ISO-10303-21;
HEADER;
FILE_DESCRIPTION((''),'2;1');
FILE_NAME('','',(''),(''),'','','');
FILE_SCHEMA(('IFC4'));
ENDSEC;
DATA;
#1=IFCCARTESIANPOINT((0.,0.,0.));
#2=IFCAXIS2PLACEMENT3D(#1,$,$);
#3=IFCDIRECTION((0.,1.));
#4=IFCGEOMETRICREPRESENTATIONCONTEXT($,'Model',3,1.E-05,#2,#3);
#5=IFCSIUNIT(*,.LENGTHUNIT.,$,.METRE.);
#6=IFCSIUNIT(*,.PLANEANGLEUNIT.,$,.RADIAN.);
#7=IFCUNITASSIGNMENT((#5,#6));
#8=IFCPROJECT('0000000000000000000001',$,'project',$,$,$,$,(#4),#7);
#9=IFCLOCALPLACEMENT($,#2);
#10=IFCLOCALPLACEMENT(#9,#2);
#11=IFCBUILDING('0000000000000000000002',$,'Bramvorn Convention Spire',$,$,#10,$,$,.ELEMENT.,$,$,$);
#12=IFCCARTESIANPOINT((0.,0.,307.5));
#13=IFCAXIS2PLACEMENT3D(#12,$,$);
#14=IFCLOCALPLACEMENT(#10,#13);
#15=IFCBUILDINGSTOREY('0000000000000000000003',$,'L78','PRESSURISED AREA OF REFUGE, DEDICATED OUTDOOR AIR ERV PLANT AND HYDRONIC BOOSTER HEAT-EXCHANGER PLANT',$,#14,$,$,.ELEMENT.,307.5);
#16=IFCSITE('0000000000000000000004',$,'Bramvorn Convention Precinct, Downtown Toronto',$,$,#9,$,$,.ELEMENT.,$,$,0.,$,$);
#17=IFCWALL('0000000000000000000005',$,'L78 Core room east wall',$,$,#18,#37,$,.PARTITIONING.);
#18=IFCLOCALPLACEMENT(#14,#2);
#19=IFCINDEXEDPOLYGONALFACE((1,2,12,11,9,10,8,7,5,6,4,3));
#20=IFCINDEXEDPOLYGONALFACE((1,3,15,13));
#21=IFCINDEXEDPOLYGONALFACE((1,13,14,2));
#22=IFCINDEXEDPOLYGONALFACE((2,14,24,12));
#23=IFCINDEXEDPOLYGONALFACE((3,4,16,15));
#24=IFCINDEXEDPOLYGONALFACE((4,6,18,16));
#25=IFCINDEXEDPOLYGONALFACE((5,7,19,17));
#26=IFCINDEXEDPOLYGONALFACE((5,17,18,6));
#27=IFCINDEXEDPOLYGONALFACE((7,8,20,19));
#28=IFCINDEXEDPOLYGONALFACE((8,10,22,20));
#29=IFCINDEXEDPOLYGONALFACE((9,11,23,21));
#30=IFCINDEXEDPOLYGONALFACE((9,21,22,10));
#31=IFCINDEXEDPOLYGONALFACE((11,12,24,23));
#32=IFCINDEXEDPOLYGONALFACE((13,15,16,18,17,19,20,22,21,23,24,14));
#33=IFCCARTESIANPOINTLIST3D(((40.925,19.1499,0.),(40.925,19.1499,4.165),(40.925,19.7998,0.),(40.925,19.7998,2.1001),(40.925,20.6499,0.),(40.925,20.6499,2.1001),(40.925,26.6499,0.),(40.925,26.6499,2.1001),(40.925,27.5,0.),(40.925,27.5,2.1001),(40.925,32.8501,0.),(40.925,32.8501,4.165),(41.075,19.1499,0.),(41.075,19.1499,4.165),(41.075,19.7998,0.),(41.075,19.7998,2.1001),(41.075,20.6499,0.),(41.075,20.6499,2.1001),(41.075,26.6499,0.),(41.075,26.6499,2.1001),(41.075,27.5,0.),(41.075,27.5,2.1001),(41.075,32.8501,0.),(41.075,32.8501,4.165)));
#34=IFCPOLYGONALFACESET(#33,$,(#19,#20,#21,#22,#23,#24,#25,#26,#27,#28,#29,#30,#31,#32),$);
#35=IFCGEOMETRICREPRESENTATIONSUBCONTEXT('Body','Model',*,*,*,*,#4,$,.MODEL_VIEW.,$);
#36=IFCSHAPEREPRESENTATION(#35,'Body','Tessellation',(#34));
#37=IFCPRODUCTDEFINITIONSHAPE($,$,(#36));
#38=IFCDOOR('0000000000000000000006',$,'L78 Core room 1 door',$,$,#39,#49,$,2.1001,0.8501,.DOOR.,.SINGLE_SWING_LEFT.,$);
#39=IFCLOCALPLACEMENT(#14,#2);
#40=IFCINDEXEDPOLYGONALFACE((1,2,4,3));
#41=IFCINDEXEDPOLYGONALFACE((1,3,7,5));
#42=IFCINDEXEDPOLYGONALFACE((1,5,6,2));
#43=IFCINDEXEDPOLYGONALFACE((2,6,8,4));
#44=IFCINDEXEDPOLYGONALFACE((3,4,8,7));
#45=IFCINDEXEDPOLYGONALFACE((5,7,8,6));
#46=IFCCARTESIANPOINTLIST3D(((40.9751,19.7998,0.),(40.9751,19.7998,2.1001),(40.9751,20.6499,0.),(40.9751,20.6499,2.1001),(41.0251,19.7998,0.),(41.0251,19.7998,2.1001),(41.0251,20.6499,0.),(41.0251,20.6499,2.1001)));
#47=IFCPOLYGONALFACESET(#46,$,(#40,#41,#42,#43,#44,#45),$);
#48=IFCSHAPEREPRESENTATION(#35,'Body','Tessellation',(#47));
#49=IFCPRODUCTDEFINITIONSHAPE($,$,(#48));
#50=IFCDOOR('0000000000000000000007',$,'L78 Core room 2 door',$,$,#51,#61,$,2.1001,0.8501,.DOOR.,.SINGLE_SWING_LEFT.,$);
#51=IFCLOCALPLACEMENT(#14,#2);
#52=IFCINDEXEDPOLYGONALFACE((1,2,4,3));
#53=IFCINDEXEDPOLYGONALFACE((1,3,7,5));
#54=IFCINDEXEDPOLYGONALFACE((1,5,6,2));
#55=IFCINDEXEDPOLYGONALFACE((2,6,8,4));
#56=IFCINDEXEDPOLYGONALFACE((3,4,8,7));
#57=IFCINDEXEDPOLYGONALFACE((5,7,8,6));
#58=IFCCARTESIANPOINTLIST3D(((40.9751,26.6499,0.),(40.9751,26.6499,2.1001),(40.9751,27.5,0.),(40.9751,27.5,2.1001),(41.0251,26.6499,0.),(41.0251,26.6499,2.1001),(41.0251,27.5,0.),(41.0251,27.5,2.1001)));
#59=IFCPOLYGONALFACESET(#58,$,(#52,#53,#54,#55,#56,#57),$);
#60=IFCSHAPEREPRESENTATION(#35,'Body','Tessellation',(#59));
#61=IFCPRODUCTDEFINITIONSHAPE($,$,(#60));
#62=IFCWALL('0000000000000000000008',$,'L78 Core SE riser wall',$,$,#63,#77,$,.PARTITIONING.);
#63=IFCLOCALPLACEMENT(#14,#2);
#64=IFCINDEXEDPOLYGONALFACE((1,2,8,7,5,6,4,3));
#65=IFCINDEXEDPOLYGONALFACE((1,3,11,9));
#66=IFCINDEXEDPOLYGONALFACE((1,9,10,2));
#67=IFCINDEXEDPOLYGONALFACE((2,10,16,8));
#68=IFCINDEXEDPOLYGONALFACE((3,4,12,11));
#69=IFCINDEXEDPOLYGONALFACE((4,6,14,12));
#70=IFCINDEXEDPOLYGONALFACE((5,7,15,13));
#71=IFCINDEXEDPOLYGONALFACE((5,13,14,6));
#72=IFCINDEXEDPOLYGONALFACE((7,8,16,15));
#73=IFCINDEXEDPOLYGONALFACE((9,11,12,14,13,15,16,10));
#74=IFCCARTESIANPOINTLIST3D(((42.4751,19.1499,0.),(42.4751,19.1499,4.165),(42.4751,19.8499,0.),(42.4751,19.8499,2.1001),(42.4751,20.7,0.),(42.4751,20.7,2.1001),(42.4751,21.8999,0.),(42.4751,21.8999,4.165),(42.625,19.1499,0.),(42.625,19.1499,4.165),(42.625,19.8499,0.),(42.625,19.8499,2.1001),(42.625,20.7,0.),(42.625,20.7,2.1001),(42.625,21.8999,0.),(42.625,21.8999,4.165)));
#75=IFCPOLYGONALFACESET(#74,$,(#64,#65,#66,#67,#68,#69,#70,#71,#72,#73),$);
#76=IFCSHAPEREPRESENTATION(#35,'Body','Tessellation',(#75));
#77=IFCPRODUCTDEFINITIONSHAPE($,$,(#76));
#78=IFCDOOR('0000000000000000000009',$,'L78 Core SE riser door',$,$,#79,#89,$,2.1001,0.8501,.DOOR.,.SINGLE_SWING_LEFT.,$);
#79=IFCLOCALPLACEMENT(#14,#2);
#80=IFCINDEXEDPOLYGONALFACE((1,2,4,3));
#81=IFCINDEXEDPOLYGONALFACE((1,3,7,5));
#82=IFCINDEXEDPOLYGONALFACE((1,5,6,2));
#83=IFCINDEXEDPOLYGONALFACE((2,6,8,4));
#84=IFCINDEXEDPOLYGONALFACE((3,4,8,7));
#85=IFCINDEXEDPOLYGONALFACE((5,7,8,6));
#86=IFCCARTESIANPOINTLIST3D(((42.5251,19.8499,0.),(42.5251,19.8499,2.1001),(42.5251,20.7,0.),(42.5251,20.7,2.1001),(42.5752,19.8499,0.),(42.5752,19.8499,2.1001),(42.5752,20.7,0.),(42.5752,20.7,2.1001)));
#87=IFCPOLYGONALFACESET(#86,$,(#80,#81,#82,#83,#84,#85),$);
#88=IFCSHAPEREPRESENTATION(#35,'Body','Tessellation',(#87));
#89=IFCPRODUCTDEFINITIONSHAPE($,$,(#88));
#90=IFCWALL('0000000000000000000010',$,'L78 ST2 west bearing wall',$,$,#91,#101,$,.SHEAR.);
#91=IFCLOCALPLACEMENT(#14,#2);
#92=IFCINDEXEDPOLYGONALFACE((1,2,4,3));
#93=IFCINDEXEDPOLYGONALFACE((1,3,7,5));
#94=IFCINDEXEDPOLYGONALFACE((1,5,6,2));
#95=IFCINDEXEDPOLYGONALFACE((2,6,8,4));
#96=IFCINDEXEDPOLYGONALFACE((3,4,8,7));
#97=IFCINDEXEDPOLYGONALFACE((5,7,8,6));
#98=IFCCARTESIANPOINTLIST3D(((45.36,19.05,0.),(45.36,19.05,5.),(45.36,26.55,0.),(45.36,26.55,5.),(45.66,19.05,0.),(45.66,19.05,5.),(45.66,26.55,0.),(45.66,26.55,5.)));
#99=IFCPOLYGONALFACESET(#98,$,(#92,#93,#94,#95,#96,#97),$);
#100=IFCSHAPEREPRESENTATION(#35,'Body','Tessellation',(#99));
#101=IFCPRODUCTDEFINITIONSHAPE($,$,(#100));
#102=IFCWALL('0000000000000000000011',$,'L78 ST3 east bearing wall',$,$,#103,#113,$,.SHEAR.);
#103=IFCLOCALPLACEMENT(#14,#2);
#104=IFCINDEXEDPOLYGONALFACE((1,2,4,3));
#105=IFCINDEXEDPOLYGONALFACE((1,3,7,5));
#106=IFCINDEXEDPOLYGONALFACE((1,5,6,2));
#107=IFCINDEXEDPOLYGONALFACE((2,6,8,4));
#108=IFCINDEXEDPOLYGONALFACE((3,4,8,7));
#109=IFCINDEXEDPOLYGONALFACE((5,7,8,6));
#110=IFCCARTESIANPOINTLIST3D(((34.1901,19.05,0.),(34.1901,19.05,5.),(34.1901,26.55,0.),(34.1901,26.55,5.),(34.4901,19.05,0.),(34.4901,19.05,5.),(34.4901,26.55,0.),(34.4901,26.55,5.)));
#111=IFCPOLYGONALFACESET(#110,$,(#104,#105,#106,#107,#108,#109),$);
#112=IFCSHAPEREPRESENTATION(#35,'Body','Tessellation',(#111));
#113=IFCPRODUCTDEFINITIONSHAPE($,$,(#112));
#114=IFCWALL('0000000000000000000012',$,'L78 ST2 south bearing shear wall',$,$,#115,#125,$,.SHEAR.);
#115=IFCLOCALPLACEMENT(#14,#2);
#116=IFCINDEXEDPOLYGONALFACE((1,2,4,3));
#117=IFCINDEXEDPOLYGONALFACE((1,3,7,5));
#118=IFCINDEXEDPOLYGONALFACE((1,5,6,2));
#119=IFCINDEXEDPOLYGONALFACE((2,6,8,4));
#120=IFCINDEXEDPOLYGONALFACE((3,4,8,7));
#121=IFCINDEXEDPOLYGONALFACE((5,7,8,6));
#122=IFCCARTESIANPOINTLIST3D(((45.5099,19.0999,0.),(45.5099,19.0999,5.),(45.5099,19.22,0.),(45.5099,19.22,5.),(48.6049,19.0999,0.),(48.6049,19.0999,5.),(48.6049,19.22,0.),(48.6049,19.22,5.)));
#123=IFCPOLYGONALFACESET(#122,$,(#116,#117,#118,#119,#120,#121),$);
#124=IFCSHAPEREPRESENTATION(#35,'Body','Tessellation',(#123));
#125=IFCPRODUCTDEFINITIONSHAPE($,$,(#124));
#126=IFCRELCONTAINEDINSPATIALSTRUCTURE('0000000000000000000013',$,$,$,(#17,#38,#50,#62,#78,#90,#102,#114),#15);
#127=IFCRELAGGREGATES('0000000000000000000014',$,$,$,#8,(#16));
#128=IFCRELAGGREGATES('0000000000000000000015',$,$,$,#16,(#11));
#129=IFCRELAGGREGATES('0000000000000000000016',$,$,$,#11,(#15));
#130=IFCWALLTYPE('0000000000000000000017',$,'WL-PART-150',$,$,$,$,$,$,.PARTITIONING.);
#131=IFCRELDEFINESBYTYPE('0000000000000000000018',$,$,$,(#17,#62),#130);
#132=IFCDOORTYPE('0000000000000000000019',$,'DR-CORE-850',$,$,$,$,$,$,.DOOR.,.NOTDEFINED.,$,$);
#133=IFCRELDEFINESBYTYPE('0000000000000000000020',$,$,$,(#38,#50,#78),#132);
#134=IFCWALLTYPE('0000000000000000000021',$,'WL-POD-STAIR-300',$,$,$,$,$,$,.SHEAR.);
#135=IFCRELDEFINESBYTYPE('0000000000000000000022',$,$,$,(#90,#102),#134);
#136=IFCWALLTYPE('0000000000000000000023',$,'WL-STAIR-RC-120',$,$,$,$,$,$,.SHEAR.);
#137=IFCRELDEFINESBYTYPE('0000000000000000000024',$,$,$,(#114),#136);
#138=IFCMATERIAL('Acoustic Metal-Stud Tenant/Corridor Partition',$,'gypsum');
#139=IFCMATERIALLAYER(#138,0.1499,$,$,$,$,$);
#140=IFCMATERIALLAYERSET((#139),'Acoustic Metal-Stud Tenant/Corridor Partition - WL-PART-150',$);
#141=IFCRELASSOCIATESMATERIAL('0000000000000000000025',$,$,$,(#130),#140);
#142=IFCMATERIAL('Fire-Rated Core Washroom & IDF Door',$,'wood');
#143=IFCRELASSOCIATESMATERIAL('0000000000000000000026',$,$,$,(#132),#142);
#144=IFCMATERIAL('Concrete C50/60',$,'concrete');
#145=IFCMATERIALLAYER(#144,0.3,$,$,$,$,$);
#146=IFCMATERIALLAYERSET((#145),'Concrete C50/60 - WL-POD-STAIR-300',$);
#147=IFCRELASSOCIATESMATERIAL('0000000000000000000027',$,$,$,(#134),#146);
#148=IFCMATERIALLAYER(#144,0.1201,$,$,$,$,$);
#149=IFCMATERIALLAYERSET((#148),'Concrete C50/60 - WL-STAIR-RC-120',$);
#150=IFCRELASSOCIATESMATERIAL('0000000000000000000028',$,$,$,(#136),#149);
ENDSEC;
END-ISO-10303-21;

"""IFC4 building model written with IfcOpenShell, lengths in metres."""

from ifc_helpers import new_model, si_unit, direction, frame, frame_2d, origin, place, context, subcontext, project, spatial, rectangle, extrude, material, layer, layer_set, type_object, element, fill, save


model = new_model("IFC4")

# Units and contexts
model_context = context("Model", 3, precision=1e-05, world=origin(), true_north=direction((0.0, 1.0)))
body_context = subcontext(model_context, "Body", "Model", "MODEL_VIEW")
ifc_project = project(units=[si_unit("LENGTHUNIT", "METRE"), si_unit("PLANEANGLEUNIT", "RADIAN")], contexts=[model_context])

# Site, building, storey
site_placement = place(None, origin())
site = spatial("IfcSite", under=ifc_project, at=site_placement, Name="Bramvorn Convention Precinct, Downtown Toronto", CompositionType="ELEMENT", RefElevation=0.0)
building_placement = place(site_placement, origin())
building = spatial("IfcBuilding", under=site, at=building_placement, Name="Bramvorn Convention Spire", CompositionType="ELEMENT")
storey_placement = place(building_placement, frame((0.0, 0.0, 307.5)))
storey = spatial("IfcBuildingStorey", under=building, at=storey_placement, Name="L78", Description="PRESSURISED AREA OF REFUGE, DEDICATED OUTDOOR AIR ERV PLANT AND HYDRONIC BOOSTER HEAT-EXCHANGER PLANT", CompositionType="ELEMENT", Elevation=307.5)

# Shared definitions
ifc_material_1 = material(Name="Concrete C50/60", Category="concrete")

# Wall, openings, doors
ifc_material_2 = material(Name="Acoustic Metal-Stud Tenant/Corridor Partition", Category="gypsum")
ifc_layer_1 = layer(ifc_material_2, 0.1499)
ifc_layer_set_1 = layer_set([ifc_layer_1], Name="Acoustic Metal-Stud Tenant/Corridor Partition - WL-PART-150")
wall_type_1 = type_object("IfcWallType", Name="WL-PART-150", PredefinedType="PARTITIONING", material=ifc_layer_set_1)
wall_1_placement = place(storey_placement, frame((41.0, 19.1499, 0.0), z_axis=(0.0, 0.0, 1.0), x_axis=(0.0, 1.0, 0.0)))
wall_1 = element("IfcWall", 1, at=wall_1_placement, inside=storey, type_object=wall_type_1, Name="L78 Core room east wall", PredefinedType="PARTITIONING", context=body_context, shape_type="SweptSolid", body=[
    extrude(rectangle(XDim=13.7002, YDim=0.1499, at=frame_2d((6.8501, 0.0))), origin(), (0.0, 0.0, 1.0), 4.165),
])
opening_1_placement = place(wall_1_placement, frame((0.6499, 0.0, 0.0)))
opening_1 = element("IfcOpeningElement", 2, at=opening_1_placement, cuts=wall_1, PredefinedType="OPENING", context=body_context, shape_type="SweptSolid", body=[
    extrude(rectangle(XDim=0.8501, YDim=2.1001, at=frame_2d((0.425, 1.05))), frame((0.0, 0.085, 0.0), z_axis=(0.0, -1.0, 0.0), x_axis=(1.0, 0.0, 0.0)), (0.0, 0.0, 1.0), 0.1699),
])
opening_2_placement = place(wall_1_placement, frame((7.5, 0.0, 0.0)))
opening_2 = element("IfcOpeningElement", 3, at=opening_2_placement, cuts=wall_1, PredefinedType="OPENING", context=body_context, shape_type="SweptSolid", body=[
    extrude(rectangle(XDim=0.8501, YDim=2.1001, at=frame_2d((0.425, 1.05))), frame((0.0, 0.085, 0.0), z_axis=(0.0, -1.0, 0.0), x_axis=(1.0, 0.0, 0.0)), (0.0, 0.0, 1.0), 0.1699),
])
ifc_material_3 = material(Name="Fire-Rated Core Washroom & IDF Door", Category="wood")
door_type = type_object("IfcDoorType", Name="DR-CORE-850", OperationType="NOTDEFINED", PredefinedType="DOOR", material=ifc_material_3)
door_1_placement = place(opening_1_placement, origin())
door_1 = element("IfcDoor", 4, at=door_1_placement, inside=storey, type_object=door_type, Name="L78 Core room 1 door", OperationType="SINGLE_SWING_LEFT", OverallHeight=2.1001, OverallWidth=0.8501, PredefinedType="DOOR", context=body_context, shape_type="SweptSolid", body=[
    extrude(rectangle(XDim=0.8501, YDim=2.1001, at=frame_2d((0.425, 1.05))), frame((0.0, 0.0249, 0.0), z_axis=(0.0, -1.0, 0.0), x_axis=(1.0, 0.0, 0.0)), (0.0, 0.0, 1.0), 0.05),
])
fill(opening_1, door_1)
door_2_placement = place(opening_2_placement, origin())
door_2 = element("IfcDoor", 5, at=door_2_placement, inside=storey, type_object=door_type, Name="L78 Core room 2 door", OperationType="SINGLE_SWING_LEFT", OverallHeight=2.1001, OverallWidth=0.8501, PredefinedType="DOOR", context=body_context, shape_type="SweptSolid", body=[
    extrude(rectangle(XDim=0.8501, YDim=2.1001, at=frame_2d((0.425, 1.05))), frame((0.0, 0.0249, 0.0), z_axis=(0.0, -1.0, 0.0), x_axis=(1.0, 0.0, 0.0)), (0.0, 0.0, 1.0), 0.05),
])
fill(opening_2, door_2)

# Wall, opening, door
wall_2_placement = place(storey_placement, frame((42.55, 19.1499, 0.0), z_axis=(0.0, 0.0, 1.0), x_axis=(0.0, 1.0, 0.0)))
wall_2 = element("IfcWall", 6, at=wall_2_placement, inside=storey, type_object=wall_type_1, Name="L78 Core SE riser wall", PredefinedType="PARTITIONING", context=body_context, shape_type="SweptSolid", body=[
    extrude(rectangle(XDim=2.75, YDim=0.1499, at=frame_2d((1.375, 0.0))), origin(), (0.0, 0.0, 1.0), 4.165),
])
opening_3_placement = place(wall_2_placement, frame((0.7, 0.0, 0.0)))
opening_3 = element("IfcOpeningElement", 7, at=opening_3_placement, cuts=wall_2, PredefinedType="OPENING", context=body_context, shape_type="SweptSolid", body=[
    extrude(rectangle(XDim=0.8501, YDim=2.1001, at=frame_2d((0.425, 1.05))), frame((0.0, 0.085, 0.0), z_axis=(0.0, -1.0, 0.0), x_axis=(1.0, 0.0, 0.0)), (0.0, 0.0, 1.0), 0.1699),
])
door_3_placement = place(opening_3_placement, origin())
door_3 = element("IfcDoor", 8, at=door_3_placement, inside=storey, type_object=door_type, Name="L78 Core SE riser door", OperationType="SINGLE_SWING_LEFT", OverallHeight=2.1001, OverallWidth=0.8501, PredefinedType="DOOR", context=body_context, shape_type="SweptSolid", body=[
    extrude(rectangle(XDim=0.8501, YDim=2.1001, at=frame_2d((0.425, 1.05))), frame((0.0, 0.0249, 0.0), z_axis=(0.0, -1.0, 0.0), x_axis=(1.0, 0.0, 0.0)), (0.0, 0.0, 1.0), 0.05),
])
fill(opening_3, door_3)

# Walls
ifc_layer_2 = layer(ifc_material_1, 0.3)
ifc_layer_set_2 = layer_set([ifc_layer_2], Name="Concrete C50/60 - WL-POD-STAIR-300")
wall_type_2 = type_object("IfcWallType", Name="WL-POD-STAIR-300", PredefinedType="SHEAR", material=ifc_layer_set_2)
for number, where, z_axis, x_axis, name in (
    (9, (45.51, 19.05, 0.0), (0.0, 0.0, 1.0), (0.0, 1.0, 0.0), "L78 ST2 west bearing wall"),
    (10, (34.3401, 19.05, 0.0), (0.0, 0.0, 1.0), (0.0, 1.0, 0.0), "L78 ST3 east bearing wall"),
):
    element("IfcWall", number, at=place(storey_placement, frame(where, z_axis=z_axis, x_axis=x_axis)), inside=storey, type_object=wall_type_2, Name=name, PredefinedType="SHEAR", context=body_context, shape_type="SweptSolid", body=[
        extrude(rectangle(XDim=7.5, YDim=0.3, at=frame_2d((3.75, 0.0))), origin(), (0.0, 0.0, 1.0), 5.0),
    ])
ifc_layer_3 = layer(ifc_material_1, 0.1201)
ifc_layer_set_3 = layer_set([ifc_layer_3], Name="Concrete C50/60 - WL-STAIR-RC-120")
wall_type_3 = type_object("IfcWallType", Name="WL-STAIR-RC-120", PredefinedType="SHEAR", material=ifc_layer_set_3)
wall_3_placement = place(storey_placement, frame((45.51, 19.1599, 0.0), z_axis=(0.0, 0.0, 1.0), x_axis=(1.0, 0.0, 0.0)))
element("IfcWall", 11, at=wall_3_placement, inside=storey, type_object=wall_type_3, Name="L78 ST2 south bearing shear wall", PredefinedType="SHEAR", context=body_context, shape_type="SweptSolid", body=[
    extrude(rectangle(XDim=3.095, YDim=0.1201, at=frame_2d((1.5474, 0.0))), origin(), (0.0, 0.0, 1.0), 5.0),
])

save(model, "model.ifc")
